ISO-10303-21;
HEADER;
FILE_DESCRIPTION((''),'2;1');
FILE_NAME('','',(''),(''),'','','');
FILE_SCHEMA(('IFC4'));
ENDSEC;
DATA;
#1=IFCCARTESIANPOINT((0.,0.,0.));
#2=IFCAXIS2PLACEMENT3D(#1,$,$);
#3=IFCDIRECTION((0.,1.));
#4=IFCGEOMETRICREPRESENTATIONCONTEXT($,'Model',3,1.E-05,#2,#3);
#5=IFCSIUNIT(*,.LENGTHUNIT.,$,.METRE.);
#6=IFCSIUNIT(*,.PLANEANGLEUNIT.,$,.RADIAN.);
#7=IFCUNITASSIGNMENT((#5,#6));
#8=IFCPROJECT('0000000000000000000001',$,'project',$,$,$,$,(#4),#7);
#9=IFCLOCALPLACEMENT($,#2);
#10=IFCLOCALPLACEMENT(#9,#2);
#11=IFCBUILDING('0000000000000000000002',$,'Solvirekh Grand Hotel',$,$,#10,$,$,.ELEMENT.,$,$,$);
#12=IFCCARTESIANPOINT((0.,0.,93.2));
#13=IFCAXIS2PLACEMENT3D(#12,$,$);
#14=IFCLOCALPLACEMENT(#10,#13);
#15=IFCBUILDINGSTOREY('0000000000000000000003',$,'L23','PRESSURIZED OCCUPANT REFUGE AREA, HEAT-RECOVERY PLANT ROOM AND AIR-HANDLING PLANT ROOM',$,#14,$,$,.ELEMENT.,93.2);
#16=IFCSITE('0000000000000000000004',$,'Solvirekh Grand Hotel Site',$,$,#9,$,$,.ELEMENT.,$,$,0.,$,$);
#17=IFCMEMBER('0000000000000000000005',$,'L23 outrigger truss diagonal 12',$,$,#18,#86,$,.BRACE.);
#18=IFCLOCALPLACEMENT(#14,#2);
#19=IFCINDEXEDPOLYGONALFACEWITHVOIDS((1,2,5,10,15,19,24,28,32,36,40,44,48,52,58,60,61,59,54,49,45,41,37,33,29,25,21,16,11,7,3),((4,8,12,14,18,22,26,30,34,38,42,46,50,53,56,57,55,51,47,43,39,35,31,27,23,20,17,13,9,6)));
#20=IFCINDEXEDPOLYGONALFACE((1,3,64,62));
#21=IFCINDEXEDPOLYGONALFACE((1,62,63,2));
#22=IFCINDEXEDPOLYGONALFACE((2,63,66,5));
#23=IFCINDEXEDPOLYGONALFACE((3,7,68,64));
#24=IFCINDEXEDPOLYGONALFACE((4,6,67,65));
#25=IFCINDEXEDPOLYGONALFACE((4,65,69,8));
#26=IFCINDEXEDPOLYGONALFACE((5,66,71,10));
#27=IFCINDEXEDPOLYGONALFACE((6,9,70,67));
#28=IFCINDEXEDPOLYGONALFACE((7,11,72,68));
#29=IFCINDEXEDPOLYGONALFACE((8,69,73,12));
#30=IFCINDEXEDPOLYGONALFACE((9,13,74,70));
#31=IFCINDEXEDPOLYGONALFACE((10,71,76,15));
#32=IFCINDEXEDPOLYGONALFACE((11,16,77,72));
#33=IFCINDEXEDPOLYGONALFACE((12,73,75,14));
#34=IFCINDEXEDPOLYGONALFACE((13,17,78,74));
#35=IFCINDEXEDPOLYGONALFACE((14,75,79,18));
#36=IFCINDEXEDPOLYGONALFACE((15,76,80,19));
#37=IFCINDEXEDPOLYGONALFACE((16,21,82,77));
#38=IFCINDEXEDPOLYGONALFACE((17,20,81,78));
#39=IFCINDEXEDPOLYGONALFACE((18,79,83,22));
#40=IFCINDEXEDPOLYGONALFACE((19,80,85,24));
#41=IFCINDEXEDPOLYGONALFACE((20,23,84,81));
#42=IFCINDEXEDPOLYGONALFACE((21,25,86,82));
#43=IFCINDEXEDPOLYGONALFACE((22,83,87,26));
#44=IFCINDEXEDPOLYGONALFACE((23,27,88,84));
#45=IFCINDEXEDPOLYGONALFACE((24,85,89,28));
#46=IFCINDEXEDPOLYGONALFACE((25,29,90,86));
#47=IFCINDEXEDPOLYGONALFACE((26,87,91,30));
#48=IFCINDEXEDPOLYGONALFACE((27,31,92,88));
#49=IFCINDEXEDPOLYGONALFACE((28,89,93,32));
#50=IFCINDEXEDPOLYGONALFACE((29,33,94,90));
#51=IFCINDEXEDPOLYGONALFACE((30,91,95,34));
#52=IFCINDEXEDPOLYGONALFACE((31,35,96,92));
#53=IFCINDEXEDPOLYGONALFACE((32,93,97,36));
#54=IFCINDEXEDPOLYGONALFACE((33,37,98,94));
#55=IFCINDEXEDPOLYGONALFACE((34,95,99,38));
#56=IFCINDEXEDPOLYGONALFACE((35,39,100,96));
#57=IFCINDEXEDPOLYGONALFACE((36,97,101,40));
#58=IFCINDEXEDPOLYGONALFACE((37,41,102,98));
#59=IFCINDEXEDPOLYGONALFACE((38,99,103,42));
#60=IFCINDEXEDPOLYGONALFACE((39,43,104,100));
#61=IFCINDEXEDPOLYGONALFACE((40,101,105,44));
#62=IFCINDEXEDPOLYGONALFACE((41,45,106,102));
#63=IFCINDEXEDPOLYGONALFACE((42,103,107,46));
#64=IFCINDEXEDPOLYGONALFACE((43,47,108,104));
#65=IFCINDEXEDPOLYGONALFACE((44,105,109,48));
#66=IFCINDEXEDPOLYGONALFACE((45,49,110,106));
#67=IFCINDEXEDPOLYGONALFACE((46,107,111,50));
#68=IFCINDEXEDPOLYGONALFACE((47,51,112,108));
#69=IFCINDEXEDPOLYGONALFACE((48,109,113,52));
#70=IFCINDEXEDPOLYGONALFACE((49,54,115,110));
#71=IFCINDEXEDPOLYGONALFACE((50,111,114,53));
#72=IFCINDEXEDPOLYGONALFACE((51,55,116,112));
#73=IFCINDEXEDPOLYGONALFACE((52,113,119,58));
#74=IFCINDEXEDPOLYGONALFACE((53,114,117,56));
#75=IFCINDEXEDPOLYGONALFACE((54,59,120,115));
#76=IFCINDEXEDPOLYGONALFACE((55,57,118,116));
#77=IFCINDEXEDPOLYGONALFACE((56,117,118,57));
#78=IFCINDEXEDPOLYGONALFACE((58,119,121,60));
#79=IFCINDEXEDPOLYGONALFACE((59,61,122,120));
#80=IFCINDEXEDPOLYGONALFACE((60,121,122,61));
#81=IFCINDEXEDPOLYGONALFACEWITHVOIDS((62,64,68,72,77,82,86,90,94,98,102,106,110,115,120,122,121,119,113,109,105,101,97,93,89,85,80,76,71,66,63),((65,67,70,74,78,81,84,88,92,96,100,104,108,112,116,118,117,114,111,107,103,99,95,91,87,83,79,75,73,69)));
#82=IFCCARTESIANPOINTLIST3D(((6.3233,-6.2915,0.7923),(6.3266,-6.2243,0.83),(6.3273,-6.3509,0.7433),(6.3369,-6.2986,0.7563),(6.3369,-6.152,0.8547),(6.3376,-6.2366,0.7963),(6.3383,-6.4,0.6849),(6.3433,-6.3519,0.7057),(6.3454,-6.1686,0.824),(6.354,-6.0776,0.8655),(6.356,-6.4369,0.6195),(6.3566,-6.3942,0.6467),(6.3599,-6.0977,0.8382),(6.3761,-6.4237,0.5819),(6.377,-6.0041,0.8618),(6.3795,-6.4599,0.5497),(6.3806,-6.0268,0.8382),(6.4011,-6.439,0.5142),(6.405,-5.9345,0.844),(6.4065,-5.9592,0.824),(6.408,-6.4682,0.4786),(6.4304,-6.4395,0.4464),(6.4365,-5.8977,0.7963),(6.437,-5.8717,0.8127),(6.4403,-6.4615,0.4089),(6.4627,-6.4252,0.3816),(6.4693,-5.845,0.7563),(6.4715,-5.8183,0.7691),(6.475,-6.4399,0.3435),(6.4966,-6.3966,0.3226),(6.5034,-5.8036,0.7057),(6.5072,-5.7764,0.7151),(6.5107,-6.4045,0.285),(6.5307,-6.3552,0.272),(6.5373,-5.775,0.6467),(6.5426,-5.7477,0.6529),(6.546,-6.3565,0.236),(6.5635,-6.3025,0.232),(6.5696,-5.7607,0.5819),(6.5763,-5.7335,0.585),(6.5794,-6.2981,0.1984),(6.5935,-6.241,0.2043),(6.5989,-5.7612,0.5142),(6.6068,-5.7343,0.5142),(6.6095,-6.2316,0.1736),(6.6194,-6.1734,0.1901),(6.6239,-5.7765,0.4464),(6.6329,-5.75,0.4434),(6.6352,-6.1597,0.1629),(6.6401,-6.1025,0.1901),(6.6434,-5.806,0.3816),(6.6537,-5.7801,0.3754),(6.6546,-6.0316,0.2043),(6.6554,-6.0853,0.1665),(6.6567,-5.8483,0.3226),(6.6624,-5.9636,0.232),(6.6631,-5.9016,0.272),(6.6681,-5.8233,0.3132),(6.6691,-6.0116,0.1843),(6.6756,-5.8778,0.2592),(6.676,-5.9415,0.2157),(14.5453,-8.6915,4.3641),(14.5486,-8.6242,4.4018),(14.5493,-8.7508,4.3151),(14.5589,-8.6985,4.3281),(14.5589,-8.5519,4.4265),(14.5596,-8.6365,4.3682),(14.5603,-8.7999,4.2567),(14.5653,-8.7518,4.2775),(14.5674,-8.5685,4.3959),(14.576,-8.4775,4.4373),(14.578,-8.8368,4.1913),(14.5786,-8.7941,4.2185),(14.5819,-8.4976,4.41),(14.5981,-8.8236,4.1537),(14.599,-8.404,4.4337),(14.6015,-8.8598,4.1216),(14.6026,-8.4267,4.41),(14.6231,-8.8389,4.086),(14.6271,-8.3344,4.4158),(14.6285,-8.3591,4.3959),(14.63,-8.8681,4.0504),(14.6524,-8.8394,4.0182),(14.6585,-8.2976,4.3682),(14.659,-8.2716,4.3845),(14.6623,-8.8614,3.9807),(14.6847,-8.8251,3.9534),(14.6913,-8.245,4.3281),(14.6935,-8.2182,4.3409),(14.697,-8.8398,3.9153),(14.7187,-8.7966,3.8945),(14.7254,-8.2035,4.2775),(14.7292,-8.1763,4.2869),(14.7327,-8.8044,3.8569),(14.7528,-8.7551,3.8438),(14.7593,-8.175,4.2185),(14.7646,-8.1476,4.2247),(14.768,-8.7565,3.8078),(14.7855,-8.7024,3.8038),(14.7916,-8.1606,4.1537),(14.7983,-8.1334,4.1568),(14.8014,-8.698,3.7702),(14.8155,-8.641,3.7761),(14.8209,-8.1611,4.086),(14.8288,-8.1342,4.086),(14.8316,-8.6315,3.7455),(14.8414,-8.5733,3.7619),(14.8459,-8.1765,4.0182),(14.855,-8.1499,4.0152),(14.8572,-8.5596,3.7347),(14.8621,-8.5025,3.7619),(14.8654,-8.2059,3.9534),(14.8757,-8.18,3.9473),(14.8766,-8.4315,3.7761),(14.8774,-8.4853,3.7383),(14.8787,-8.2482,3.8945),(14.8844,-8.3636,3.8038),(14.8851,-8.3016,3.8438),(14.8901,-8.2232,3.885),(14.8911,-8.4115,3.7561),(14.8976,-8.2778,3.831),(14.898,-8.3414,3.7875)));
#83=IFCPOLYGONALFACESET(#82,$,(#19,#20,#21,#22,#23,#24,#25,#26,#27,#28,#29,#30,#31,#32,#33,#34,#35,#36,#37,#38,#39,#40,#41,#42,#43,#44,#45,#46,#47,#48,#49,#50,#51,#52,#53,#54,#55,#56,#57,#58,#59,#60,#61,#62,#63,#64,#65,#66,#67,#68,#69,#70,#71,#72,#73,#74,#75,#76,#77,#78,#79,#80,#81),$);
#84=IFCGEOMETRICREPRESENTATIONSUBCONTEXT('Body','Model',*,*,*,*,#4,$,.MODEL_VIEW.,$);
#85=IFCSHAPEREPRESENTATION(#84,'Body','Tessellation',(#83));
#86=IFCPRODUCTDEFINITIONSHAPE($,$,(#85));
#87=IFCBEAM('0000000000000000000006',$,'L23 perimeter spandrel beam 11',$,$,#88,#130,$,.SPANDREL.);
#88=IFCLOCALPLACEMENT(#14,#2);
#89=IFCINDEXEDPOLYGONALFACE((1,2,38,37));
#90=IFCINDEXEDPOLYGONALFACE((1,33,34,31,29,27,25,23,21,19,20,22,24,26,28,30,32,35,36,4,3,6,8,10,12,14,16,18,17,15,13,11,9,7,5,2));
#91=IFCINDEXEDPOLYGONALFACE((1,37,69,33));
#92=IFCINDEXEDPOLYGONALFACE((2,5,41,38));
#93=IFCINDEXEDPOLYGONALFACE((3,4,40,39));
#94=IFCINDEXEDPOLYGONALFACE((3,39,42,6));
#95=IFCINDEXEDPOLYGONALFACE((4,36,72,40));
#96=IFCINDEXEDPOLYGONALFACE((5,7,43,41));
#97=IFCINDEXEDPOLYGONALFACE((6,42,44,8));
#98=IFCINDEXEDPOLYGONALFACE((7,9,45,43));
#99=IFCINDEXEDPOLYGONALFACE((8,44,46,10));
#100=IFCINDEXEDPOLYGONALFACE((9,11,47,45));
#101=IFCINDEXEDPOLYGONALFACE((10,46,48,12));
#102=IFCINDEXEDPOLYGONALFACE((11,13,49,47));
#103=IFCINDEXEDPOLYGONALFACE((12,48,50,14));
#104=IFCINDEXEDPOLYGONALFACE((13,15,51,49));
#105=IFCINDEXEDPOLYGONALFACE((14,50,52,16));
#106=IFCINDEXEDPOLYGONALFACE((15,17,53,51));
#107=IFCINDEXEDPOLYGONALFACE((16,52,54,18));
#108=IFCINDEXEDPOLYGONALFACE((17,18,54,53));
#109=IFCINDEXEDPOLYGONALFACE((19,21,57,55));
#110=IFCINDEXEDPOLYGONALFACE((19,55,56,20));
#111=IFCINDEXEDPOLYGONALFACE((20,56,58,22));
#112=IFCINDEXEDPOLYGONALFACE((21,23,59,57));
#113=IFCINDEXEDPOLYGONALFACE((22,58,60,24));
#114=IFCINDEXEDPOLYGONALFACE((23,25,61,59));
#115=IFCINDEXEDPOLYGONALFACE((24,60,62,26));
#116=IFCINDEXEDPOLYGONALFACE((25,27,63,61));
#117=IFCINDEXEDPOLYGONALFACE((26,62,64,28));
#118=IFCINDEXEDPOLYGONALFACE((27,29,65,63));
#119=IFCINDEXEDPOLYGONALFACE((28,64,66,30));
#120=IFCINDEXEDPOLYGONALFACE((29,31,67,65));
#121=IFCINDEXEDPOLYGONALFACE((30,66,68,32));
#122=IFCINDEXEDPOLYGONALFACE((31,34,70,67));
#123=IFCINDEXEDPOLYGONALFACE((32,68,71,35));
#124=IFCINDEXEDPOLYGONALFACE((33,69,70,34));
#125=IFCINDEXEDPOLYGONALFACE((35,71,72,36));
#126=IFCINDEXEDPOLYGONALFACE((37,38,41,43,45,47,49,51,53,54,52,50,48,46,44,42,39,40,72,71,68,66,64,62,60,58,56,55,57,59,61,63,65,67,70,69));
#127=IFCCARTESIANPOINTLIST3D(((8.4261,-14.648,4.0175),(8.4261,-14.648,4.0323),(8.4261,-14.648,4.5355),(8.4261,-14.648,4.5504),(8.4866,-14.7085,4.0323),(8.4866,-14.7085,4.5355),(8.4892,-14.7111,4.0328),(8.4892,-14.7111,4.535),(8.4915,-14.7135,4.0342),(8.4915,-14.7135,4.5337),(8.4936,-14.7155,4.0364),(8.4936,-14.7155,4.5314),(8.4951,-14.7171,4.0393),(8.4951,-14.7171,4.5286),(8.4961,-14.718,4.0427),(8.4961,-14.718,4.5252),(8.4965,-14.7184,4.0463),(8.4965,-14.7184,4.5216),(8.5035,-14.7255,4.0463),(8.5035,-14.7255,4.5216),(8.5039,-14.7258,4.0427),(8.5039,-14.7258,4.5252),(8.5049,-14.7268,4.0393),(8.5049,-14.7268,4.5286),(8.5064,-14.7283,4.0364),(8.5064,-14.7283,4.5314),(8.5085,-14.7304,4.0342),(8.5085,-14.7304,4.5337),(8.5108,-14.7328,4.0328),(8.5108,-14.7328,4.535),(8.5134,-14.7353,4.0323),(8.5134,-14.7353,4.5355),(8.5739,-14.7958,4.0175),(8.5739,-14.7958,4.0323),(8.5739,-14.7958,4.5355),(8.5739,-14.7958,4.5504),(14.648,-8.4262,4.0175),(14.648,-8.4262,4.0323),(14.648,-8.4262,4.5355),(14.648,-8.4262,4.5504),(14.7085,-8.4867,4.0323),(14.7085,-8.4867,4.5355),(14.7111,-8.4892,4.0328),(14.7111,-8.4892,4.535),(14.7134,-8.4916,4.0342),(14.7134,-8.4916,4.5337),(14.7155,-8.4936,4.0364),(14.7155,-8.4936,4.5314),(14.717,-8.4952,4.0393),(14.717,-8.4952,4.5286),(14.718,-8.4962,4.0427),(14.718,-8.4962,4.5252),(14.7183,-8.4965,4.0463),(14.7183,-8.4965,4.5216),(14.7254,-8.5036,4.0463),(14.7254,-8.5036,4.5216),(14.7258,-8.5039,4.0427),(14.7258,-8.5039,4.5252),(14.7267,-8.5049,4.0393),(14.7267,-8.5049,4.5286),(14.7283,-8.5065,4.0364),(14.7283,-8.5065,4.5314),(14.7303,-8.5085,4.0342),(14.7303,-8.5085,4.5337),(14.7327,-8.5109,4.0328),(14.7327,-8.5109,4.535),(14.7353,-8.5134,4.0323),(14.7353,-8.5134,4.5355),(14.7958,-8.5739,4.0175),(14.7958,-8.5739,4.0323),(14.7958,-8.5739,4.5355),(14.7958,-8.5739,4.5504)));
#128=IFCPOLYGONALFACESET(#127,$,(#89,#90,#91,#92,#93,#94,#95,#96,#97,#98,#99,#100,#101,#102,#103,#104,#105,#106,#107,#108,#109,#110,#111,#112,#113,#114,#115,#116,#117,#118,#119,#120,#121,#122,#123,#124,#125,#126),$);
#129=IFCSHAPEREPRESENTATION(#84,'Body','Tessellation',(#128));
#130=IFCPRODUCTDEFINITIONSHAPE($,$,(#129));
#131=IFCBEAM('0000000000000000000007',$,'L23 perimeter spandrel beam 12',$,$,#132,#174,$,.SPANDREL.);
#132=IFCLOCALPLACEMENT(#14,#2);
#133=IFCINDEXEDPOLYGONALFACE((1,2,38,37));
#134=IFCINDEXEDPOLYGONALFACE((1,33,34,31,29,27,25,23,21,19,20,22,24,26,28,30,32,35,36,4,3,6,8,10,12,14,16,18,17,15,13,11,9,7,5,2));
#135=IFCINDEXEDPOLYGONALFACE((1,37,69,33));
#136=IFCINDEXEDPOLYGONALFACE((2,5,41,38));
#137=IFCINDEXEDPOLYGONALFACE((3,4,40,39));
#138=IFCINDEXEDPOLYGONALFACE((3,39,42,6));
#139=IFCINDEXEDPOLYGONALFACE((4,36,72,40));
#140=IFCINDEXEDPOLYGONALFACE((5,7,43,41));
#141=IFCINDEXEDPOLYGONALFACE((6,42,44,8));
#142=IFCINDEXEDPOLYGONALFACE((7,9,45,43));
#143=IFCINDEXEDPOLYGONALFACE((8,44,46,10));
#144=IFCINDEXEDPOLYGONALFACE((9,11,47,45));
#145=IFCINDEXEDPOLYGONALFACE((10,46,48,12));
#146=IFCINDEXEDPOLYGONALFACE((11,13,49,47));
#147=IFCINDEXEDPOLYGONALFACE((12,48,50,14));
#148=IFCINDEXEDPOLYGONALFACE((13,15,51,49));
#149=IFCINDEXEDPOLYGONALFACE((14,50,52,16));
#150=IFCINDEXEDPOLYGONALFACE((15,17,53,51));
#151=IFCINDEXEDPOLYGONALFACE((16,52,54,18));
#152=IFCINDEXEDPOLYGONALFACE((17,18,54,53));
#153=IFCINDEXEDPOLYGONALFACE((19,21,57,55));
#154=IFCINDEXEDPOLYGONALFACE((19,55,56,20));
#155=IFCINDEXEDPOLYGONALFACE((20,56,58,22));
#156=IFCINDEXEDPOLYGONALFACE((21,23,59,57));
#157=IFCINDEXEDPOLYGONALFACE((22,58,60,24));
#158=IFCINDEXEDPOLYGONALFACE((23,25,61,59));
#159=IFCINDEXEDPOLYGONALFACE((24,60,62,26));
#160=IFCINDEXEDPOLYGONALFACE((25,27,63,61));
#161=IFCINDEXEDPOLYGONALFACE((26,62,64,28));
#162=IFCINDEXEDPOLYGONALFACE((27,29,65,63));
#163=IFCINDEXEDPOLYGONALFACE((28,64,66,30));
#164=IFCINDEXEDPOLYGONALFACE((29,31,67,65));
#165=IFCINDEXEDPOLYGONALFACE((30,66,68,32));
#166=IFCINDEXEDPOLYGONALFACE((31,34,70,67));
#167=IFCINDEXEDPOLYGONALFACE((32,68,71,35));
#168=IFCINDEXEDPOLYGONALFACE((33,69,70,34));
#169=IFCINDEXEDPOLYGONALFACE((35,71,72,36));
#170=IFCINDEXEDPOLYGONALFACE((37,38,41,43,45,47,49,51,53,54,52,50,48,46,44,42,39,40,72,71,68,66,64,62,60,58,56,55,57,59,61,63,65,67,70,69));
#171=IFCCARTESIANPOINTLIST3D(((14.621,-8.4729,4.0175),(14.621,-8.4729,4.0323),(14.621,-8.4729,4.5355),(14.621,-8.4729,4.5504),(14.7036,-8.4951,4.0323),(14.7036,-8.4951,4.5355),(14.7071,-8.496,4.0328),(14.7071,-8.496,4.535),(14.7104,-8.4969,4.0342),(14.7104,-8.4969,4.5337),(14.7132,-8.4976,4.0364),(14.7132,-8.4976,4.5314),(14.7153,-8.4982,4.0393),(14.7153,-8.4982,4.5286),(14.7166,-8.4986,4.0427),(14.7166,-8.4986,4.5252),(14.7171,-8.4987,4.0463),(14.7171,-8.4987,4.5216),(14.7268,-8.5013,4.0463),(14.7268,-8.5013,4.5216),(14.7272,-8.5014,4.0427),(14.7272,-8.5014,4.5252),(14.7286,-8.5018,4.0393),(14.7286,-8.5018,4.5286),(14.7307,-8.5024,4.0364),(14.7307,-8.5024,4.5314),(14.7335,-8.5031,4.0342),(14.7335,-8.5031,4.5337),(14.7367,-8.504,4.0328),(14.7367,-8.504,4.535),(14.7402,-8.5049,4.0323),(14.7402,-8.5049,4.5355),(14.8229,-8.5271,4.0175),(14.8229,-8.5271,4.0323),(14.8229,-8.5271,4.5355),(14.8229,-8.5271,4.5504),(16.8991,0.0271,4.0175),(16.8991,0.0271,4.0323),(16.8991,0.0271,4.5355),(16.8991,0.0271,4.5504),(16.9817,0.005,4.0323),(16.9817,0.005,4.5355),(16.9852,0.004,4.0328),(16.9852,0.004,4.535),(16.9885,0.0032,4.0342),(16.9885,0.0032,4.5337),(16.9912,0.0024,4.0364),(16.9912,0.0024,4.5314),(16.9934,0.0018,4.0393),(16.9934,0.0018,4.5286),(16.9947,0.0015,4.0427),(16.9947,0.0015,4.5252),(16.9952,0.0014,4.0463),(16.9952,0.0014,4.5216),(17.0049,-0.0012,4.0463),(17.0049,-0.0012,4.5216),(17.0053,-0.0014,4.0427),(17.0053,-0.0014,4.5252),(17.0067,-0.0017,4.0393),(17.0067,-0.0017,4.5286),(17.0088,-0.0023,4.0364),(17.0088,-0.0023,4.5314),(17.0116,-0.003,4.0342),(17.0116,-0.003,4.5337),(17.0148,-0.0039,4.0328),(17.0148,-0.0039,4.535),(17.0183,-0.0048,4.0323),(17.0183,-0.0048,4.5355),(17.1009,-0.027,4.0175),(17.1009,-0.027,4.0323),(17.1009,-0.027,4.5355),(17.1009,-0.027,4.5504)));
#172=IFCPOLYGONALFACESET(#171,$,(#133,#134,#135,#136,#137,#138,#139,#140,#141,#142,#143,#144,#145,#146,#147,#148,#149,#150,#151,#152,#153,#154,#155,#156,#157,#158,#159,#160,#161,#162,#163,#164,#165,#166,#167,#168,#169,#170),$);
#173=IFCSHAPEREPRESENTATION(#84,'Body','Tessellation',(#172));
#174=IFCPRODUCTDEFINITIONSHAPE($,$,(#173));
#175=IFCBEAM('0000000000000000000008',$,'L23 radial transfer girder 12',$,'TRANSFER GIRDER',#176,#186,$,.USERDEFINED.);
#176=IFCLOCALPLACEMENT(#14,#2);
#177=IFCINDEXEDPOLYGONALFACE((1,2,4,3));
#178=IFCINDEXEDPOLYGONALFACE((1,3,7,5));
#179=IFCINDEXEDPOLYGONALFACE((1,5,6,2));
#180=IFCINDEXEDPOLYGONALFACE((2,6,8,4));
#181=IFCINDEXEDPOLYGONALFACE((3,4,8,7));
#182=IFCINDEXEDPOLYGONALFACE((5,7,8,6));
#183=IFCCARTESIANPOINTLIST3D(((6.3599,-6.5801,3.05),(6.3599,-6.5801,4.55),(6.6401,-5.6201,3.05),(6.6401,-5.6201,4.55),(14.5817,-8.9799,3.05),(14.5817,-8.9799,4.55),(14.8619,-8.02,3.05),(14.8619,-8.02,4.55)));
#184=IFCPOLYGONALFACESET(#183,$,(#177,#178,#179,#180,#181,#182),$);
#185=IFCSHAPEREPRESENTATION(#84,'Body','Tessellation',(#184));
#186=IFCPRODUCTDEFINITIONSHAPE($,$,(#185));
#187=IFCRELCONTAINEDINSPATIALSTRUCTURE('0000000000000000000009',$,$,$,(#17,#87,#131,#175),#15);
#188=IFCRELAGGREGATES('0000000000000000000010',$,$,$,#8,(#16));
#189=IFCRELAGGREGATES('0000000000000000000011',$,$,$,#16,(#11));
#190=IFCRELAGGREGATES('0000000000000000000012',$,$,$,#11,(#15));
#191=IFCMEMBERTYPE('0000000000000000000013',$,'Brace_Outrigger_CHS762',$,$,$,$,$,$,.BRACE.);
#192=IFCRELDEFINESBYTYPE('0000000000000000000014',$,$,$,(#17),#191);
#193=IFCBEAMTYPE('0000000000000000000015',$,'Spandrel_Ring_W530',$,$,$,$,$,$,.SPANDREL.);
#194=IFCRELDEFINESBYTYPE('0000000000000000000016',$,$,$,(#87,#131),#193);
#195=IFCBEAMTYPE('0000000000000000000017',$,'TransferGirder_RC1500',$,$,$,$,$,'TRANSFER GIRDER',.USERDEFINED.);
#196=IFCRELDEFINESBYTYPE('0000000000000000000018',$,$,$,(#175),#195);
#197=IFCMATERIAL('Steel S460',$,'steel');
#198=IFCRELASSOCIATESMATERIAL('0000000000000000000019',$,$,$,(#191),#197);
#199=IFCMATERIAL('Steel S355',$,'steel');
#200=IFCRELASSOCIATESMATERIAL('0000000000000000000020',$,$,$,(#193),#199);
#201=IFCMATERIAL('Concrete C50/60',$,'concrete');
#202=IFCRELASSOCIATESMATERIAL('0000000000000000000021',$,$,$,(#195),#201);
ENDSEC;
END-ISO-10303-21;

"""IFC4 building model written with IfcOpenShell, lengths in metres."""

from ifc_helpers import new_model, si_unit, direction, frame, origin, origin_2d, place, context, subcontext, project, spatial, rectangle, hollow_circle, i_section, extrude, material, material_profile, profile_set, type_object, element, save


model = new_model("IFC4")

# Units and contexts
model_context = context("Model", 3, precision=1e-05, world=origin(), true_north=direction((0.0, 1.0)))
body_context = subcontext(model_context, "Body", "Model", "MODEL_VIEW")
ifc_project = project(units=[si_unit("LENGTHUNIT", "METRE"), si_unit("PLANEANGLEUNIT", "RADIAN")], contexts=[model_context])

# Site, building, storey
site_placement = place(None, origin())
site = spatial("IfcSite", under=ifc_project, at=site_placement, Name="Solvirekh Grand Hotel Site", CompositionType="ELEMENT", RefElevation=0.0)
building_placement = place(site_placement, origin())
building = spatial("IfcBuilding", under=site, at=building_placement, Name="Solvirekh Grand Hotel", CompositionType="ELEMENT")
storey_placement = place(building_placement, frame((0.0, 0.0, 93.2)))
storey = spatial("IfcBuildingStorey", under=building, at=storey_placement, Name="L23", Description="PRESSURIZED OCCUPANT REFUGE AREA, HEAT-RECOVERY PLANT ROOM AND AIR-HANDLING PLANT ROOM", CompositionType="ELEMENT", Elevation=93.2)

# Shared definitions
ifc_material_1 = material(Name="Steel S460", Category="steel")

# Member
ifc_material_profile_1 = material_profile(ifc_material_1, hollow_circle(Radius=0.3811, WallThickness=0.0281, at=origin_2d()), Name="CHS 762X28")
ifc_profile_set_1 = profile_set([ifc_material_profile_1], Name="Steel S460")
member_type_1 = type_object("IfcMemberType", Name="Brace_Outrigger_CHS762", PredefinedType="BRACE", material=ifc_profile_set_1)
member_1_placement = place(storey_placement, frame((6.5, -6.1001, 0.5142), z_axis=(0.88599, -0.258612, 0.384893), x_axis=(0.280198, 0.959942, 0.0)))
element("IfcMember", 1, at=member_1_placement, inside=storey, type_object=member_type_1, Name="L23 outrigger truss diagonal 12", PredefinedType="BRACE", context=body_context, shape_type="SweptSolid", body=[
    extrude(hollow_circle(Radius=0.3811, WallThickness=0.0281, at=origin_2d()), origin(), (0.0, 0.0, 1.0), 9.28),
])

# Beams
ifc_material_2 = material(Name="Steel S355", Category="steel")
ifc_material_profile_2 = material_profile(ifc_material_2, i_section(OverallWidth=0.209, OverallDepth=0.533, WebThickness=0.01, FlangeThickness=0.0149, FilletRadius=0.0139, at=origin_2d()), Name="W530X92")
ifc_profile_set_2 = profile_set([ifc_material_profile_2], Name="Steel S355")
beam_type_1 = type_object("IfcBeamType", Name="Spandrel_Ring_W530", PredefinedType="SPANDREL", material=ifc_profile_set_2)
beam_1_placement = place(storey_placement, frame((8.5, -14.7219, 4.2839), z_axis=(0.707107, 0.707107, 0.0), x_axis=(-0.707107, 0.707107, 0.0)))
element("IfcBeam", 2, at=beam_1_placement, inside=storey, type_object=beam_type_1, Name="L23 perimeter spandrel beam 11", PredefinedType="SPANDREL", context=body_context, shape_type="SweptSolid", body=[
    extrude(i_section(OverallWidth=0.209, OverallDepth=0.533, WebThickness=0.01, FlangeThickness=0.0149, FilletRadius=0.0139, at=origin_2d()), origin(), (0.0, 0.0, 1.0), 8.7991),
])
beam_2_placement = place(storey_placement, frame((14.7219, -8.5, 4.2839), z_axis=(0.258873, 0.965911, 0.0), x_axis=(-0.965911, 0.258873, 0.0)))
element("IfcBeam", 3, at=beam_2_placement, inside=storey, type_object=beam_type_1, Name="L23 perimeter spandrel beam 12", PredefinedType="SPANDREL", context=body_context, shape_type="SweptSolid", body=[
    extrude(i_section(OverallWidth=0.209, OverallDepth=0.533, WebThickness=0.01, FlangeThickness=0.0149, FilletRadius=0.0139, at=origin_2d()), origin(), (0.0, 0.0, 1.0), 8.8),
])
ifc_material_3 = material(Name="Concrete C50/60", Category="concrete")
ifc_material_profile_3 = material_profile(ifc_material_3, rectangle(XDim=1.0, YDim=1.5, at=origin_2d()), Name="RC GIRDER 1000X1500")
ifc_profile_set_3 = profile_set([ifc_material_profile_3], Name="Concrete C50/60")
beam_type_2 = type_object("IfcBeamType", Name="TransferGirder_RC1500", ElementType="TRANSFER GIRDER", PredefinedType="USERDEFINED", material=ifc_profile_set_3)
beam_3_placement = place(storey_placement, frame((6.5, -6.1001, 3.8), z_axis=(0.959942, -0.280198, 0.0), x_axis=(0.280198, 0.959942, 0.0)))
element("IfcBeam", 4, at=beam_3_placement, inside=storey, type_object=beam_type_2, Name="L23 radial transfer girder 12", ObjectType="TRANSFER GIRDER", PredefinedType="USERDEFINED", context=body_context, shape_type="SweptSolid", body=[
    extrude(rectangle(XDim=1.0, YDim=1.5, at=origin_2d()), origin(), (0.0, 0.0, 1.0), 8.5649),
])

save(model, "model.ifc")
